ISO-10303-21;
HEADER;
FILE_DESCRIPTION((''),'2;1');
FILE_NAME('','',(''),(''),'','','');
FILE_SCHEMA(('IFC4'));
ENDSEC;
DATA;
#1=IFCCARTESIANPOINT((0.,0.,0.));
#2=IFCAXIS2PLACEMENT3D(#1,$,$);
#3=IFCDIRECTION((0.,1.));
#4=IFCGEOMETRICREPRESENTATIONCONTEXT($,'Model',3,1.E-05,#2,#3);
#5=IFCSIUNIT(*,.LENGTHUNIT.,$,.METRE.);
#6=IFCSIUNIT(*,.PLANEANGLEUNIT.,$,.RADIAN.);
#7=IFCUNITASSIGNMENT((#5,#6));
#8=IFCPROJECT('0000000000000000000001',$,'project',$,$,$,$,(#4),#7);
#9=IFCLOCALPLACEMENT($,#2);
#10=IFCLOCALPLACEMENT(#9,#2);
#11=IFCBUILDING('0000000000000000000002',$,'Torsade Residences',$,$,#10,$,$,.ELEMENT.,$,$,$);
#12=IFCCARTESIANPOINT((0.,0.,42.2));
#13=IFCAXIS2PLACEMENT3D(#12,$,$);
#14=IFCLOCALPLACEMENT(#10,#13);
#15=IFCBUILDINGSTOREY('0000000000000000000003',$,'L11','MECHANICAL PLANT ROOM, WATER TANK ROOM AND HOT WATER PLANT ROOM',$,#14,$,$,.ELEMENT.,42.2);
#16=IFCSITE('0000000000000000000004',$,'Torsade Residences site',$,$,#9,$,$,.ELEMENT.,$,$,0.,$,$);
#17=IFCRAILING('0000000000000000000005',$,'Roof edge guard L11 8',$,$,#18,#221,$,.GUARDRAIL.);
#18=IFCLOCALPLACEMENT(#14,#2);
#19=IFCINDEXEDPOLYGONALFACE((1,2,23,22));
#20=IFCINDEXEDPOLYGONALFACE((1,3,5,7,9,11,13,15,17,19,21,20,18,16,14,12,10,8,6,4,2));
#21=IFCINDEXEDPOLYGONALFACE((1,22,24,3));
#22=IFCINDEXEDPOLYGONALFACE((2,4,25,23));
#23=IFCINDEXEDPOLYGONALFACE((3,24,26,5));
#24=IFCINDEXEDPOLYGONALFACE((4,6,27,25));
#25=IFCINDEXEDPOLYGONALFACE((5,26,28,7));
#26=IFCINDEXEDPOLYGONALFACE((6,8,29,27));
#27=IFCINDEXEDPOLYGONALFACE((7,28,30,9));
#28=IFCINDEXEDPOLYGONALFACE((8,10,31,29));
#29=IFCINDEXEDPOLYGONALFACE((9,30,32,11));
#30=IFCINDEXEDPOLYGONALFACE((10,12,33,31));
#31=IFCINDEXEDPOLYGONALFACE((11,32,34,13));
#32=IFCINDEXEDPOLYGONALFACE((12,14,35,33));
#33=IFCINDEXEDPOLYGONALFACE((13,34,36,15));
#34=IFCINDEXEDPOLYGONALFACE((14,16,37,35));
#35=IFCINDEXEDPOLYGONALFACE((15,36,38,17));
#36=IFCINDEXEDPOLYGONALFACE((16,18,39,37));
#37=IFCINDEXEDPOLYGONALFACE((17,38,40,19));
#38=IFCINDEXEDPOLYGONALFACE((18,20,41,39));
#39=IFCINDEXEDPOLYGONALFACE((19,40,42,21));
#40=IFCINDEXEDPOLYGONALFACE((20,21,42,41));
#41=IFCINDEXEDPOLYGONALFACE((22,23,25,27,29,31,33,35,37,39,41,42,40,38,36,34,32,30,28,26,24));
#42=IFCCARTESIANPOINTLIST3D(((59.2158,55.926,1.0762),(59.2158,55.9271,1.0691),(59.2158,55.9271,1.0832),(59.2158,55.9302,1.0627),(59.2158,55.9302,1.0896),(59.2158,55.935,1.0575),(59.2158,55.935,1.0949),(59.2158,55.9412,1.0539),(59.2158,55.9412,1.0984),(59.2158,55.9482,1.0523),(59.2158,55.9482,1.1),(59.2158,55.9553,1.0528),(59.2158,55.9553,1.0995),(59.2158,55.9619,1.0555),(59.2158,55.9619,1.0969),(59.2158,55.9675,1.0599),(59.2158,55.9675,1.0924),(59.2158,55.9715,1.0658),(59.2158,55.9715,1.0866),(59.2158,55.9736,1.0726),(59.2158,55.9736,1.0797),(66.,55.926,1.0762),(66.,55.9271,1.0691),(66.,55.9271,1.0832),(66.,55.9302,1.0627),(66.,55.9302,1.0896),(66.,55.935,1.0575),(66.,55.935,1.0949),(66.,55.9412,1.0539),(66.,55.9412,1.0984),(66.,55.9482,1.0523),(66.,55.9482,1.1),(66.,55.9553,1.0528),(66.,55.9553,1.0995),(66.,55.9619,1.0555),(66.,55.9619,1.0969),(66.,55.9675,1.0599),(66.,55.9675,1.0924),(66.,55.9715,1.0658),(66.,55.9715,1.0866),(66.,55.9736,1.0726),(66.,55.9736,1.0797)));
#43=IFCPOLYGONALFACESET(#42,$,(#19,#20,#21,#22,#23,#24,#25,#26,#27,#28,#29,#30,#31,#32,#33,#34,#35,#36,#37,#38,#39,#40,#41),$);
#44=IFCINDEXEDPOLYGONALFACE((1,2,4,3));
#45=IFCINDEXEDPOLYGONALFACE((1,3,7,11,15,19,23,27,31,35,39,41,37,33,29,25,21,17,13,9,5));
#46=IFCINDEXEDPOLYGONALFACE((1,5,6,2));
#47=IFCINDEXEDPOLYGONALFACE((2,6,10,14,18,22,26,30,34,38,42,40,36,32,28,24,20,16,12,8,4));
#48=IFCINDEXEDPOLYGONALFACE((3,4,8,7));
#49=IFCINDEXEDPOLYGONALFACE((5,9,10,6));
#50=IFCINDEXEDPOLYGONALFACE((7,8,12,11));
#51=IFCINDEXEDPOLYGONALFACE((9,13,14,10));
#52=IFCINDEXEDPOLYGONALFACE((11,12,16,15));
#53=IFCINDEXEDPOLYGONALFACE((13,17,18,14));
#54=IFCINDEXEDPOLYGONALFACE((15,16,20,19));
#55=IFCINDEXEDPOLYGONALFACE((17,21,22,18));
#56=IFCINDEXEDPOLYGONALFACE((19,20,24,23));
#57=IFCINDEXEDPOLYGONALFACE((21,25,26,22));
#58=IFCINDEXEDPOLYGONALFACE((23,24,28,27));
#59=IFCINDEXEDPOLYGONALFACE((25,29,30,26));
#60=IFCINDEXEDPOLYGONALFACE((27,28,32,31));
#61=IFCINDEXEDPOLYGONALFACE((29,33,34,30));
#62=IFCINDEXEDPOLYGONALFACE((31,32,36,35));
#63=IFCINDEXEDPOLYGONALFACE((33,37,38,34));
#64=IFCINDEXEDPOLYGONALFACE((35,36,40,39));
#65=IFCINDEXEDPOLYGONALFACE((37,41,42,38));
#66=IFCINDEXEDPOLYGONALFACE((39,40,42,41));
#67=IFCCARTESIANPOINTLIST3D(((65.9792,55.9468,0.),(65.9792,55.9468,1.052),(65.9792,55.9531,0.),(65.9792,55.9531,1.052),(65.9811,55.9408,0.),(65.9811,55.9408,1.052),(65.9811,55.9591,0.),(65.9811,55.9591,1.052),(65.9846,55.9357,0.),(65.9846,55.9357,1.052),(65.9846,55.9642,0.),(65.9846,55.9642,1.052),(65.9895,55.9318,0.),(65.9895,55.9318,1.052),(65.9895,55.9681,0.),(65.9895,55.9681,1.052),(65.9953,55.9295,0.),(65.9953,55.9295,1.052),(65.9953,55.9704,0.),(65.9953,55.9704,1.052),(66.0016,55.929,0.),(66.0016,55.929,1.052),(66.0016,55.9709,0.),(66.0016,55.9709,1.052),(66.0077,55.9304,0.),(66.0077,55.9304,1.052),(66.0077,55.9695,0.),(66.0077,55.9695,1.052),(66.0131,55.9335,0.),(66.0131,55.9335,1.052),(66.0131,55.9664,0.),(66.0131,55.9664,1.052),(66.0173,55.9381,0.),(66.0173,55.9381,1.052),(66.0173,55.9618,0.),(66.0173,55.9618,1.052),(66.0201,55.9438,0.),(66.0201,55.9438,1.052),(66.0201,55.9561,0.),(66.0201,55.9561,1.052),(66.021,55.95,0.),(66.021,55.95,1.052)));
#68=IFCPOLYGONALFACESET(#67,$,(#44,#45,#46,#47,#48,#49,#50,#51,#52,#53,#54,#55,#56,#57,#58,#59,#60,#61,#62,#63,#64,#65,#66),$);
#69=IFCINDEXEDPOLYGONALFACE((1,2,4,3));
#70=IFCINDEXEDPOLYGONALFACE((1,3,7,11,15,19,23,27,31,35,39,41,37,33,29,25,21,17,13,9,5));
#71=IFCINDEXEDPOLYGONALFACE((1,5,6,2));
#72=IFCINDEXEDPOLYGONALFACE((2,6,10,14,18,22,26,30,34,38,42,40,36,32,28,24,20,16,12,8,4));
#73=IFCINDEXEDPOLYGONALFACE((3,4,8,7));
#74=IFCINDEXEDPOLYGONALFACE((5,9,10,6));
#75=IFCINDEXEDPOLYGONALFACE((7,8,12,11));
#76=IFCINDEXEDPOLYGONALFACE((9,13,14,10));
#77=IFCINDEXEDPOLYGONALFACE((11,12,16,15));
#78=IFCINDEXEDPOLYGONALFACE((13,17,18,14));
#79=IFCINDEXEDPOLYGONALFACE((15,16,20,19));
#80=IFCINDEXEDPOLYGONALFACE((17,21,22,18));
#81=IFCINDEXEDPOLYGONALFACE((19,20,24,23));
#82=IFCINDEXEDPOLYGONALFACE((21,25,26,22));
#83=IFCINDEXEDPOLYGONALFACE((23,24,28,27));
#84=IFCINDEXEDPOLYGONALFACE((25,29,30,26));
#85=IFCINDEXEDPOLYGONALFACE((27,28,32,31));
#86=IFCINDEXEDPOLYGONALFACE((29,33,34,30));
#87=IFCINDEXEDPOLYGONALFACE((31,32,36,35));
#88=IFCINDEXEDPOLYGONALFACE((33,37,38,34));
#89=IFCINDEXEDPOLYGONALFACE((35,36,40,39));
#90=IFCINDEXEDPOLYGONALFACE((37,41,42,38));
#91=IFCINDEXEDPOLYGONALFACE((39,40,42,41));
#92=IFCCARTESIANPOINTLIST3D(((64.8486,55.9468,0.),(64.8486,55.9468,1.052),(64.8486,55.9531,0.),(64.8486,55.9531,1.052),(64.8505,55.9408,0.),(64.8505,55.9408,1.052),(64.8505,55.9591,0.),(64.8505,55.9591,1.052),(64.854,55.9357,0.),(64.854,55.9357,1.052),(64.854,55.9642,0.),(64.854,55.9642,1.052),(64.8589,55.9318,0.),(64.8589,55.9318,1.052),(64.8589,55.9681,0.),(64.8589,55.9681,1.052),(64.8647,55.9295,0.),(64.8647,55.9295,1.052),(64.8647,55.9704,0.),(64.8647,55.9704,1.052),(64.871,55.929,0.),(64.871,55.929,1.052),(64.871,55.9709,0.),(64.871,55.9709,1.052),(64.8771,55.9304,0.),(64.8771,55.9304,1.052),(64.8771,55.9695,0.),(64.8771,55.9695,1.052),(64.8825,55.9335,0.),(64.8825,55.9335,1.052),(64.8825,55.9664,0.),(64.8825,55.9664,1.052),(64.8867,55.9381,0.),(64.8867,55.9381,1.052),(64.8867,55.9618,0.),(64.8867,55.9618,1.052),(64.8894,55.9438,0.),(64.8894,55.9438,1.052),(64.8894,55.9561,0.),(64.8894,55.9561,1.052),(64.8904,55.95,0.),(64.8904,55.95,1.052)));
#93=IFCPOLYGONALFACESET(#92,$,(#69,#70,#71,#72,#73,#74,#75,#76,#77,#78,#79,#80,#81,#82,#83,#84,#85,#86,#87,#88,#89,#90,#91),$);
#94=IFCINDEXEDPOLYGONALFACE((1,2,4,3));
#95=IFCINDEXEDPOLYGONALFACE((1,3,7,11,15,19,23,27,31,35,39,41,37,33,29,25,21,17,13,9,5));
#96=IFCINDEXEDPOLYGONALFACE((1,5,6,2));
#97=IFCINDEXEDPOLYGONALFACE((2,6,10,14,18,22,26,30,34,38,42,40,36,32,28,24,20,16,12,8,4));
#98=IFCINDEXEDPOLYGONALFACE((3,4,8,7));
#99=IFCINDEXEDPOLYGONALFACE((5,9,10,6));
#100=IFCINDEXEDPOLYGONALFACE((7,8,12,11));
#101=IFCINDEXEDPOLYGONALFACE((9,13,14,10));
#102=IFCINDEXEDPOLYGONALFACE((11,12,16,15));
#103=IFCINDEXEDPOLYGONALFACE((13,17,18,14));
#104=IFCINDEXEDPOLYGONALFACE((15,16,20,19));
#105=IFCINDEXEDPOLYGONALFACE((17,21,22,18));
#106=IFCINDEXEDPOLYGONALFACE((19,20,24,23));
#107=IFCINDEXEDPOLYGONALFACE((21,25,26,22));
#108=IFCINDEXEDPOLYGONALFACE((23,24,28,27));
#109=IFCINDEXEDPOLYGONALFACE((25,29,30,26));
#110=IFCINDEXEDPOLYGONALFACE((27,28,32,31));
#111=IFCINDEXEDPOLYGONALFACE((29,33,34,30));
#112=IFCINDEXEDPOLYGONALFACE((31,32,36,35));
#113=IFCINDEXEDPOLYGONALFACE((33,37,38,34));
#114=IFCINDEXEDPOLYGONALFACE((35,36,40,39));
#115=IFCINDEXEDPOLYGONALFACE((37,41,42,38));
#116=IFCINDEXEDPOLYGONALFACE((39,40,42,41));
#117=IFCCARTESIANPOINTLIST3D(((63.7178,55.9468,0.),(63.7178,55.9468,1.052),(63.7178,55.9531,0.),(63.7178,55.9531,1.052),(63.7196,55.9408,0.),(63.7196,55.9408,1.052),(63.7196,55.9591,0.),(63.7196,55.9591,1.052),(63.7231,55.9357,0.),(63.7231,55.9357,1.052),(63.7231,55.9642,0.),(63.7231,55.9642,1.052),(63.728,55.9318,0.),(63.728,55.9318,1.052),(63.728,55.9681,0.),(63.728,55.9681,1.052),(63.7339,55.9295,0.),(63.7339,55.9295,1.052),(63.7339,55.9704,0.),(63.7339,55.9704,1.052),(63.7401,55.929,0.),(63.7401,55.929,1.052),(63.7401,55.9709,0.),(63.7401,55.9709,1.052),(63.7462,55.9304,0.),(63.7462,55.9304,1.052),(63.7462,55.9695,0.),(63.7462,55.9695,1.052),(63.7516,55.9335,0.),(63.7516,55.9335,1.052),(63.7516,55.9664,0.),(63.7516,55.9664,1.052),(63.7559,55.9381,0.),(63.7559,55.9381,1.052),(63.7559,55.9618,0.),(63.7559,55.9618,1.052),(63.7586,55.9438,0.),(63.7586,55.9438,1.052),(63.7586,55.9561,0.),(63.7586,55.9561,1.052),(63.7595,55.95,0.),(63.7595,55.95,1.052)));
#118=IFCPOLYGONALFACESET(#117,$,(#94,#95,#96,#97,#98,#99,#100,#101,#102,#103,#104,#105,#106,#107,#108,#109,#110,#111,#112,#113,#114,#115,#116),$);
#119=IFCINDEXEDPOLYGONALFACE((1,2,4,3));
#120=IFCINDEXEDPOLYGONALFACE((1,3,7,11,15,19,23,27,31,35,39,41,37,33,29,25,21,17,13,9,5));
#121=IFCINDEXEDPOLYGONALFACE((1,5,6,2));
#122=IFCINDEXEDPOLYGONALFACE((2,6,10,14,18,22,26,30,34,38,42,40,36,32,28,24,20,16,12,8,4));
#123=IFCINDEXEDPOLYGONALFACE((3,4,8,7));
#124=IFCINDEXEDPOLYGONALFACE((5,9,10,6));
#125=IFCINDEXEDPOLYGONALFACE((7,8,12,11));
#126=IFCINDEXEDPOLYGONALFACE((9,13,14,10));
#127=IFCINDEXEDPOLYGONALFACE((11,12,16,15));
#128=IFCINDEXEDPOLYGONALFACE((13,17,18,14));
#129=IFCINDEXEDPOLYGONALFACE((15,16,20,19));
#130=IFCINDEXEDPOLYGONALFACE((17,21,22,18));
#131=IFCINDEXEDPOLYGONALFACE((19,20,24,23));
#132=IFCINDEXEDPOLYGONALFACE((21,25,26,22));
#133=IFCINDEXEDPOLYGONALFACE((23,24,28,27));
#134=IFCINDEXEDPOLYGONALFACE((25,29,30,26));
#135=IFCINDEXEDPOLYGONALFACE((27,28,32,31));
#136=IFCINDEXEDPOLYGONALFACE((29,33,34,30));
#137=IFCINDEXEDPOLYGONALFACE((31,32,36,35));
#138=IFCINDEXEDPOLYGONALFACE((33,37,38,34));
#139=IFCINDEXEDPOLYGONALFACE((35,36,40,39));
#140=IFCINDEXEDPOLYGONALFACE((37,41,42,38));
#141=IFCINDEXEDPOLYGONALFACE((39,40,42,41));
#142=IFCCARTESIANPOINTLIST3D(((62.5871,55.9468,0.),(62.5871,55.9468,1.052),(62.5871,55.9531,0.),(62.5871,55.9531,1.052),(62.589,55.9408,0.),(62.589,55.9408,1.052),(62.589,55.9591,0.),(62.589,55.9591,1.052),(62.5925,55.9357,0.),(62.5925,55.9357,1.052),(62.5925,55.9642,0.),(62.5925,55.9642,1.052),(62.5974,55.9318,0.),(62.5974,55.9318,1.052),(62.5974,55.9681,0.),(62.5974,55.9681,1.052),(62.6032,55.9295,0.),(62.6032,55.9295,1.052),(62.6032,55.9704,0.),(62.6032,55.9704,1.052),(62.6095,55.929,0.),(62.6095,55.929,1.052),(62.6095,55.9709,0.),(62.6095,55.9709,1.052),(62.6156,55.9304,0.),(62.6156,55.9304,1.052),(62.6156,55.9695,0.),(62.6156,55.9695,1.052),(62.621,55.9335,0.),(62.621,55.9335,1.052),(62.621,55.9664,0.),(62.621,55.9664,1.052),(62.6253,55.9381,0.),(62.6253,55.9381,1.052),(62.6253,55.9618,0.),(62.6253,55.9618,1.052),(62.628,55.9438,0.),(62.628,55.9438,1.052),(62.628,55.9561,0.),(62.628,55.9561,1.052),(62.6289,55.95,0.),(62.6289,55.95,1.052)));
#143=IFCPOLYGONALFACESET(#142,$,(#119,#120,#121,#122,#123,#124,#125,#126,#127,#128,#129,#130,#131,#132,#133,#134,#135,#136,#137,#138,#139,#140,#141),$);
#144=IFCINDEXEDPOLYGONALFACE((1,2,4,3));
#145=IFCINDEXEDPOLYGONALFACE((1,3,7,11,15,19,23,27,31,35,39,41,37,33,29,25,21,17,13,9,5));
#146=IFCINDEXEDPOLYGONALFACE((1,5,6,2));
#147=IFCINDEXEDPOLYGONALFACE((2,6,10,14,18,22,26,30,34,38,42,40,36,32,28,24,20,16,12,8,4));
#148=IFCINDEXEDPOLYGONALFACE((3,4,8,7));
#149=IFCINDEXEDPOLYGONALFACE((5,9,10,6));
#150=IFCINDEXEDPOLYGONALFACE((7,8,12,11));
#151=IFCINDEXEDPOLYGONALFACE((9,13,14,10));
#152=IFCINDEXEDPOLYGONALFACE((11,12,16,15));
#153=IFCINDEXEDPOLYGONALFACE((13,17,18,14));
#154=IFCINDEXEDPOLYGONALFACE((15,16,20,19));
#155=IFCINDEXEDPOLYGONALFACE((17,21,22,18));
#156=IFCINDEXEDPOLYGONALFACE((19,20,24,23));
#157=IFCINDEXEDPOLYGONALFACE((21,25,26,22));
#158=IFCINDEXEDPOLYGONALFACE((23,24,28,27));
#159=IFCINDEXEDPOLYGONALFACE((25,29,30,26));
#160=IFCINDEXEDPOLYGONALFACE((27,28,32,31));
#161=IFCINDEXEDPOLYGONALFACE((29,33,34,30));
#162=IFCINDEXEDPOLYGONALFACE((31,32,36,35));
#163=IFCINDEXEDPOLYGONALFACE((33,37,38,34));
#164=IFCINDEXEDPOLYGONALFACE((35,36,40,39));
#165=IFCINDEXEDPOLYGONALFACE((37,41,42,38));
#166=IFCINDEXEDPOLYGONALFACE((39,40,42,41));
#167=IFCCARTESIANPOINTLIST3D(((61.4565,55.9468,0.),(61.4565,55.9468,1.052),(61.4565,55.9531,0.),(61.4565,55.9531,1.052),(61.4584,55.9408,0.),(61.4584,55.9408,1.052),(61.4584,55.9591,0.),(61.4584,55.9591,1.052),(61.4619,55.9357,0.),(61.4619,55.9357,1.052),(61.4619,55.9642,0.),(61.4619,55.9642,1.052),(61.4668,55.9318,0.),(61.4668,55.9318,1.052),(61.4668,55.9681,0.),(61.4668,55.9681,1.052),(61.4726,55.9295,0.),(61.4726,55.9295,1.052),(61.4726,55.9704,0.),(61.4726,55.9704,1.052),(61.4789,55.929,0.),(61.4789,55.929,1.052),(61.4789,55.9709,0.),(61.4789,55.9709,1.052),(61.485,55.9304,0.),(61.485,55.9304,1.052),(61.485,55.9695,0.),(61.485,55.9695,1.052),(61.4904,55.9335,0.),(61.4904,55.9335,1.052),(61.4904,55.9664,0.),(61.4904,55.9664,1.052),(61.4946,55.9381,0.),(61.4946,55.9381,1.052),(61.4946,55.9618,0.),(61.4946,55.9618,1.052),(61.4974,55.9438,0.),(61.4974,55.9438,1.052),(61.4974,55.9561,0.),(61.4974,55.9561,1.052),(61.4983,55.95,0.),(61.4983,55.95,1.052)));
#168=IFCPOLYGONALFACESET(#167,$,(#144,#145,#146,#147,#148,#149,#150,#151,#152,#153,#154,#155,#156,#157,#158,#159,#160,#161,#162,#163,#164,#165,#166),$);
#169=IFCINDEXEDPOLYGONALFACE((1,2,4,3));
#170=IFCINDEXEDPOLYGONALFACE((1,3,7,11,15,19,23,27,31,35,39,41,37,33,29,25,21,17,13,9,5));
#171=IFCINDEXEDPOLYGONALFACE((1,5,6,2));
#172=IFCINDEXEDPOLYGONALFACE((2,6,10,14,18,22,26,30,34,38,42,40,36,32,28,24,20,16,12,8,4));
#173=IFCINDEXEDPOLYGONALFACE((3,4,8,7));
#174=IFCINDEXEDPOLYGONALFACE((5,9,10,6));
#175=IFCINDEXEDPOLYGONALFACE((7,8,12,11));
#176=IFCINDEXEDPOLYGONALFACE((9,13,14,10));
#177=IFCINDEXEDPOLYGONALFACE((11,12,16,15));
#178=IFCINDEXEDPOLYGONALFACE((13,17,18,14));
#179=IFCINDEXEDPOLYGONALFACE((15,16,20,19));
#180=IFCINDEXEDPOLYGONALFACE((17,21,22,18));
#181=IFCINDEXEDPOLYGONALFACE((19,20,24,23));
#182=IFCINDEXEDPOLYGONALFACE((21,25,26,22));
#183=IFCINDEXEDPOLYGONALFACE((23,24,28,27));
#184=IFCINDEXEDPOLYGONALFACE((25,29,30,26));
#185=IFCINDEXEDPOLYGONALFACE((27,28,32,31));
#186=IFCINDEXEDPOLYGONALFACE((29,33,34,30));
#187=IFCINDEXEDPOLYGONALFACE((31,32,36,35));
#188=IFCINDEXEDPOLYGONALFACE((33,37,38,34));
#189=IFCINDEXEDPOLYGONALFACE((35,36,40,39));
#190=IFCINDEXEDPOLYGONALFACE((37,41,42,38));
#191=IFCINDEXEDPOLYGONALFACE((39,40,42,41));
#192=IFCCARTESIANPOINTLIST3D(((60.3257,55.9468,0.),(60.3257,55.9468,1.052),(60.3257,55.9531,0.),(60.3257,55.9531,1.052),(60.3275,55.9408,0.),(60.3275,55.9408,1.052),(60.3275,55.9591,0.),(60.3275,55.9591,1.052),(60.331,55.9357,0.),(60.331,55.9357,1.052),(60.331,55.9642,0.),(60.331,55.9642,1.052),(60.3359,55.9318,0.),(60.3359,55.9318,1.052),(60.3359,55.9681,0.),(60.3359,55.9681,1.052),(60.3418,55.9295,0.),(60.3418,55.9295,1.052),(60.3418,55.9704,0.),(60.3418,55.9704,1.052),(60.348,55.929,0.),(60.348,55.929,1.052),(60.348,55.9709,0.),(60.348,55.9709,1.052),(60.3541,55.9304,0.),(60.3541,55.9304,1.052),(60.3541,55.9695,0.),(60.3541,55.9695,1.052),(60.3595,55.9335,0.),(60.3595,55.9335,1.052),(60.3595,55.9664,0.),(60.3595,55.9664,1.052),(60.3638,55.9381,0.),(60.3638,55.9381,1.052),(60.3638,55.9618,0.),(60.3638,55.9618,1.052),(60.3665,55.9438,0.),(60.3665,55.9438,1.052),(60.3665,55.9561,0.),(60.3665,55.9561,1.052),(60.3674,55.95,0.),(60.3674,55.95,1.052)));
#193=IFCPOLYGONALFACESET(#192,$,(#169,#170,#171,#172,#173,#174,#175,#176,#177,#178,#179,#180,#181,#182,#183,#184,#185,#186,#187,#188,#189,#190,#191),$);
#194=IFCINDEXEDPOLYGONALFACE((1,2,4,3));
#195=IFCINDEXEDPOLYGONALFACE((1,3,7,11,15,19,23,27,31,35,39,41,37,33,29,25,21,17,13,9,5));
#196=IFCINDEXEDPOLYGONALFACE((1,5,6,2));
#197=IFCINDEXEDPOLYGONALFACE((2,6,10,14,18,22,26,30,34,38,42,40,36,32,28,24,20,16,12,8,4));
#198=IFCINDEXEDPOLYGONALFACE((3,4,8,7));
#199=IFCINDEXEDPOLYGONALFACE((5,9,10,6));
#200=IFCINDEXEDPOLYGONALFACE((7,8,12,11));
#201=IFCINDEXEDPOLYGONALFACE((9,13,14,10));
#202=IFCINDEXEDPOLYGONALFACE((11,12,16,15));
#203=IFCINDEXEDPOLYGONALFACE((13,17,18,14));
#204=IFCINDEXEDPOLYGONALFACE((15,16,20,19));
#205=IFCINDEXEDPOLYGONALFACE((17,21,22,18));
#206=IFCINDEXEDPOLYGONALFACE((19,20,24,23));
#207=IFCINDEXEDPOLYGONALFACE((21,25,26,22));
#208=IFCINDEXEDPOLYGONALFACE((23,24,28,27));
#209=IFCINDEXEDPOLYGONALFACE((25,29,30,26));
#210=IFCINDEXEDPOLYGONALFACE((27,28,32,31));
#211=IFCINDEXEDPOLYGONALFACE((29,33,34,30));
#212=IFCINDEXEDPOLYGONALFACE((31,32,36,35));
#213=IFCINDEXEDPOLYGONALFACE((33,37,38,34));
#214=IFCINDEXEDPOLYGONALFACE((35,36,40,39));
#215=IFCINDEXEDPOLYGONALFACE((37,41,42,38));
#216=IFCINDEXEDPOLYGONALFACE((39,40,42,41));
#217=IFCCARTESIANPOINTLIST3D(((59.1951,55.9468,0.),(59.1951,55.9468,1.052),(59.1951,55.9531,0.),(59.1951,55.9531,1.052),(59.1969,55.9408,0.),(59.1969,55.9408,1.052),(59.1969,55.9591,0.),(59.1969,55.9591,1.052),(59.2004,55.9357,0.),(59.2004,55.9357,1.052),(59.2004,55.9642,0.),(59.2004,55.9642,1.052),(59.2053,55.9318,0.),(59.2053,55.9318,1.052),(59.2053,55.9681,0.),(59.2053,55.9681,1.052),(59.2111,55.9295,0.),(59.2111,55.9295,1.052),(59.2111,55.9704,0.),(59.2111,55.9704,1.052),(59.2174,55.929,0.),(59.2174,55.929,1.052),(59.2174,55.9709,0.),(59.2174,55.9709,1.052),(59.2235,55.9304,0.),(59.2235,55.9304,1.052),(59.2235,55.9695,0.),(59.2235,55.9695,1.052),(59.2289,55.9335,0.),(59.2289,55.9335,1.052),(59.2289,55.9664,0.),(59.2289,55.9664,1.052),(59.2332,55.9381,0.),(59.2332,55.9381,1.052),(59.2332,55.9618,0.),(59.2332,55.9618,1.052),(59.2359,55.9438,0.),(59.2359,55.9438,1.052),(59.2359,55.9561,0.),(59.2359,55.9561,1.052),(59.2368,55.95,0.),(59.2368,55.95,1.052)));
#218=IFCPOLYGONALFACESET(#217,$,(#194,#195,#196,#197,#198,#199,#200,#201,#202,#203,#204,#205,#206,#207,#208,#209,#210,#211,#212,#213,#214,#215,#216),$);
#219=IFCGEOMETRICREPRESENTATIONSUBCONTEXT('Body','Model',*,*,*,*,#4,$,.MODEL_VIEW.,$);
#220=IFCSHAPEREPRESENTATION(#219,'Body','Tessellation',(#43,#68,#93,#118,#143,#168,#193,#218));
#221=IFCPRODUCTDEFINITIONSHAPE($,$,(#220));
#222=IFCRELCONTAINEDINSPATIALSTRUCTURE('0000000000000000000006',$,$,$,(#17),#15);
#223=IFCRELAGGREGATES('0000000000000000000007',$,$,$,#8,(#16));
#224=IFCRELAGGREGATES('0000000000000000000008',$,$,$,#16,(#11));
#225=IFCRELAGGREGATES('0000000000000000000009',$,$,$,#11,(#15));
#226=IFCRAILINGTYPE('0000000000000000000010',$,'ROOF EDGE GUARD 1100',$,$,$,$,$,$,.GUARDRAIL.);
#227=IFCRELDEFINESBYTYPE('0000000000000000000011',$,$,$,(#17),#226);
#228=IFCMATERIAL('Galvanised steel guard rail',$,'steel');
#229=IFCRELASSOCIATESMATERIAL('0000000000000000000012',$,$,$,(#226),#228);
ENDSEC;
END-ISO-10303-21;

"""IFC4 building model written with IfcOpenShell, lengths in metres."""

from ifc_helpers import new_model, si_unit, direction, frame, origin, origin_2d, place, context, subcontext, project, spatial, circle, extrude, material, type_object, element, save


model = new_model("IFC4")

# Units and contexts
model_context = context("Model", 3, precision=1e-05, world=origin(), true_north=direction((0.0, 1.0)))
body_context = subcontext(model_context, "Body", "Model", "MODEL_VIEW")
ifc_project = project(units=[si_unit("LENGTHUNIT", "METRE"), si_unit("PLANEANGLEUNIT", "RADIAN")], contexts=[model_context])

# Site, building, storey
site_placement = place(None, origin())
site = spatial("IfcSite", under=ifc_project, at=site_placement, Name="Torsade Residences site", CompositionType="ELEMENT", RefElevation=0.0)
building_placement = place(site_placement, origin())
building = spatial("IfcBuilding", under=site, at=building_placement, Name="Torsade Residences", CompositionType="ELEMENT")
storey_placement = place(building_placement, frame((0.0, 0.0, 42.2)))
storey = spatial("IfcBuildingStorey", under=building, at=storey_placement, Name="L11", Description="MECHANICAL PLANT ROOM, WATER TANK ROOM AND HOT WATER PLANT ROOM", CompositionType="ELEMENT", Elevation=42.2)

# Railing
ifc_material_1 = material(Name="Galvanised steel guard rail", Category="steel")
railing_type = type_object("IfcRailingType", Name="ROOF EDGE GUARD 1100", PredefinedType="GUARDRAIL", material=ifc_material_1)
railing_1_placement = place(storey_placement, frame((66.0, 55.95, 0.0)))
element("IfcRailing", 1, at=railing_1_placement, inside=storey, type_object=railing_type, Name="Roof edge guard L11 8", PredefinedType="GUARDRAIL", context=body_context, shape_type="SweptSolid", body=[
    extrude(circle(Radius=0.0239, at=origin_2d()), frame((0.0, 0.0, 1.0762), z_axis=(-1.0, 0.0, 0.0), x_axis=(0.0, -1.0, 0.0)), (0.0, 0.0, 1.0), 6.7842),
    extrude(circle(Radius=0.021, at=origin_2d()), origin(), (0.0, 0.0, 1.0), 1.052),
    extrude(circle(Radius=0.021, at=origin_2d()), frame((-1.1306, 0.0, 0.0)), (0.0, 0.0, 1.0), 1.052),
    extrude(circle(Radius=0.021, at=origin_2d()), frame((-2.2615, 0.0, 0.0)), (0.0, 0.0, 1.0), 1.052),
    extrude(circle(Radius=0.021, at=origin_2d()), frame((-3.3921, 0.0, 0.0)), (0.0, 0.0, 1.0), 1.052),
    extrude(circle(Radius=0.021, at=origin_2d()), frame((-4.5227, 0.0, 0.0)), (0.0, 0.0, 1.0), 1.052),
    extrude(circle(Radius=0.021, at=origin_2d()), frame((-5.6536, 0.0, 0.0)), (0.0, 0.0, 1.0), 1.052),
    extrude(circle(Radius=0.021, at=origin_2d()), frame((-6.7842, 0.0, 0.0)), (0.0, 0.0, 1.0), 1.052),
])

save(model, "model.ifc")
